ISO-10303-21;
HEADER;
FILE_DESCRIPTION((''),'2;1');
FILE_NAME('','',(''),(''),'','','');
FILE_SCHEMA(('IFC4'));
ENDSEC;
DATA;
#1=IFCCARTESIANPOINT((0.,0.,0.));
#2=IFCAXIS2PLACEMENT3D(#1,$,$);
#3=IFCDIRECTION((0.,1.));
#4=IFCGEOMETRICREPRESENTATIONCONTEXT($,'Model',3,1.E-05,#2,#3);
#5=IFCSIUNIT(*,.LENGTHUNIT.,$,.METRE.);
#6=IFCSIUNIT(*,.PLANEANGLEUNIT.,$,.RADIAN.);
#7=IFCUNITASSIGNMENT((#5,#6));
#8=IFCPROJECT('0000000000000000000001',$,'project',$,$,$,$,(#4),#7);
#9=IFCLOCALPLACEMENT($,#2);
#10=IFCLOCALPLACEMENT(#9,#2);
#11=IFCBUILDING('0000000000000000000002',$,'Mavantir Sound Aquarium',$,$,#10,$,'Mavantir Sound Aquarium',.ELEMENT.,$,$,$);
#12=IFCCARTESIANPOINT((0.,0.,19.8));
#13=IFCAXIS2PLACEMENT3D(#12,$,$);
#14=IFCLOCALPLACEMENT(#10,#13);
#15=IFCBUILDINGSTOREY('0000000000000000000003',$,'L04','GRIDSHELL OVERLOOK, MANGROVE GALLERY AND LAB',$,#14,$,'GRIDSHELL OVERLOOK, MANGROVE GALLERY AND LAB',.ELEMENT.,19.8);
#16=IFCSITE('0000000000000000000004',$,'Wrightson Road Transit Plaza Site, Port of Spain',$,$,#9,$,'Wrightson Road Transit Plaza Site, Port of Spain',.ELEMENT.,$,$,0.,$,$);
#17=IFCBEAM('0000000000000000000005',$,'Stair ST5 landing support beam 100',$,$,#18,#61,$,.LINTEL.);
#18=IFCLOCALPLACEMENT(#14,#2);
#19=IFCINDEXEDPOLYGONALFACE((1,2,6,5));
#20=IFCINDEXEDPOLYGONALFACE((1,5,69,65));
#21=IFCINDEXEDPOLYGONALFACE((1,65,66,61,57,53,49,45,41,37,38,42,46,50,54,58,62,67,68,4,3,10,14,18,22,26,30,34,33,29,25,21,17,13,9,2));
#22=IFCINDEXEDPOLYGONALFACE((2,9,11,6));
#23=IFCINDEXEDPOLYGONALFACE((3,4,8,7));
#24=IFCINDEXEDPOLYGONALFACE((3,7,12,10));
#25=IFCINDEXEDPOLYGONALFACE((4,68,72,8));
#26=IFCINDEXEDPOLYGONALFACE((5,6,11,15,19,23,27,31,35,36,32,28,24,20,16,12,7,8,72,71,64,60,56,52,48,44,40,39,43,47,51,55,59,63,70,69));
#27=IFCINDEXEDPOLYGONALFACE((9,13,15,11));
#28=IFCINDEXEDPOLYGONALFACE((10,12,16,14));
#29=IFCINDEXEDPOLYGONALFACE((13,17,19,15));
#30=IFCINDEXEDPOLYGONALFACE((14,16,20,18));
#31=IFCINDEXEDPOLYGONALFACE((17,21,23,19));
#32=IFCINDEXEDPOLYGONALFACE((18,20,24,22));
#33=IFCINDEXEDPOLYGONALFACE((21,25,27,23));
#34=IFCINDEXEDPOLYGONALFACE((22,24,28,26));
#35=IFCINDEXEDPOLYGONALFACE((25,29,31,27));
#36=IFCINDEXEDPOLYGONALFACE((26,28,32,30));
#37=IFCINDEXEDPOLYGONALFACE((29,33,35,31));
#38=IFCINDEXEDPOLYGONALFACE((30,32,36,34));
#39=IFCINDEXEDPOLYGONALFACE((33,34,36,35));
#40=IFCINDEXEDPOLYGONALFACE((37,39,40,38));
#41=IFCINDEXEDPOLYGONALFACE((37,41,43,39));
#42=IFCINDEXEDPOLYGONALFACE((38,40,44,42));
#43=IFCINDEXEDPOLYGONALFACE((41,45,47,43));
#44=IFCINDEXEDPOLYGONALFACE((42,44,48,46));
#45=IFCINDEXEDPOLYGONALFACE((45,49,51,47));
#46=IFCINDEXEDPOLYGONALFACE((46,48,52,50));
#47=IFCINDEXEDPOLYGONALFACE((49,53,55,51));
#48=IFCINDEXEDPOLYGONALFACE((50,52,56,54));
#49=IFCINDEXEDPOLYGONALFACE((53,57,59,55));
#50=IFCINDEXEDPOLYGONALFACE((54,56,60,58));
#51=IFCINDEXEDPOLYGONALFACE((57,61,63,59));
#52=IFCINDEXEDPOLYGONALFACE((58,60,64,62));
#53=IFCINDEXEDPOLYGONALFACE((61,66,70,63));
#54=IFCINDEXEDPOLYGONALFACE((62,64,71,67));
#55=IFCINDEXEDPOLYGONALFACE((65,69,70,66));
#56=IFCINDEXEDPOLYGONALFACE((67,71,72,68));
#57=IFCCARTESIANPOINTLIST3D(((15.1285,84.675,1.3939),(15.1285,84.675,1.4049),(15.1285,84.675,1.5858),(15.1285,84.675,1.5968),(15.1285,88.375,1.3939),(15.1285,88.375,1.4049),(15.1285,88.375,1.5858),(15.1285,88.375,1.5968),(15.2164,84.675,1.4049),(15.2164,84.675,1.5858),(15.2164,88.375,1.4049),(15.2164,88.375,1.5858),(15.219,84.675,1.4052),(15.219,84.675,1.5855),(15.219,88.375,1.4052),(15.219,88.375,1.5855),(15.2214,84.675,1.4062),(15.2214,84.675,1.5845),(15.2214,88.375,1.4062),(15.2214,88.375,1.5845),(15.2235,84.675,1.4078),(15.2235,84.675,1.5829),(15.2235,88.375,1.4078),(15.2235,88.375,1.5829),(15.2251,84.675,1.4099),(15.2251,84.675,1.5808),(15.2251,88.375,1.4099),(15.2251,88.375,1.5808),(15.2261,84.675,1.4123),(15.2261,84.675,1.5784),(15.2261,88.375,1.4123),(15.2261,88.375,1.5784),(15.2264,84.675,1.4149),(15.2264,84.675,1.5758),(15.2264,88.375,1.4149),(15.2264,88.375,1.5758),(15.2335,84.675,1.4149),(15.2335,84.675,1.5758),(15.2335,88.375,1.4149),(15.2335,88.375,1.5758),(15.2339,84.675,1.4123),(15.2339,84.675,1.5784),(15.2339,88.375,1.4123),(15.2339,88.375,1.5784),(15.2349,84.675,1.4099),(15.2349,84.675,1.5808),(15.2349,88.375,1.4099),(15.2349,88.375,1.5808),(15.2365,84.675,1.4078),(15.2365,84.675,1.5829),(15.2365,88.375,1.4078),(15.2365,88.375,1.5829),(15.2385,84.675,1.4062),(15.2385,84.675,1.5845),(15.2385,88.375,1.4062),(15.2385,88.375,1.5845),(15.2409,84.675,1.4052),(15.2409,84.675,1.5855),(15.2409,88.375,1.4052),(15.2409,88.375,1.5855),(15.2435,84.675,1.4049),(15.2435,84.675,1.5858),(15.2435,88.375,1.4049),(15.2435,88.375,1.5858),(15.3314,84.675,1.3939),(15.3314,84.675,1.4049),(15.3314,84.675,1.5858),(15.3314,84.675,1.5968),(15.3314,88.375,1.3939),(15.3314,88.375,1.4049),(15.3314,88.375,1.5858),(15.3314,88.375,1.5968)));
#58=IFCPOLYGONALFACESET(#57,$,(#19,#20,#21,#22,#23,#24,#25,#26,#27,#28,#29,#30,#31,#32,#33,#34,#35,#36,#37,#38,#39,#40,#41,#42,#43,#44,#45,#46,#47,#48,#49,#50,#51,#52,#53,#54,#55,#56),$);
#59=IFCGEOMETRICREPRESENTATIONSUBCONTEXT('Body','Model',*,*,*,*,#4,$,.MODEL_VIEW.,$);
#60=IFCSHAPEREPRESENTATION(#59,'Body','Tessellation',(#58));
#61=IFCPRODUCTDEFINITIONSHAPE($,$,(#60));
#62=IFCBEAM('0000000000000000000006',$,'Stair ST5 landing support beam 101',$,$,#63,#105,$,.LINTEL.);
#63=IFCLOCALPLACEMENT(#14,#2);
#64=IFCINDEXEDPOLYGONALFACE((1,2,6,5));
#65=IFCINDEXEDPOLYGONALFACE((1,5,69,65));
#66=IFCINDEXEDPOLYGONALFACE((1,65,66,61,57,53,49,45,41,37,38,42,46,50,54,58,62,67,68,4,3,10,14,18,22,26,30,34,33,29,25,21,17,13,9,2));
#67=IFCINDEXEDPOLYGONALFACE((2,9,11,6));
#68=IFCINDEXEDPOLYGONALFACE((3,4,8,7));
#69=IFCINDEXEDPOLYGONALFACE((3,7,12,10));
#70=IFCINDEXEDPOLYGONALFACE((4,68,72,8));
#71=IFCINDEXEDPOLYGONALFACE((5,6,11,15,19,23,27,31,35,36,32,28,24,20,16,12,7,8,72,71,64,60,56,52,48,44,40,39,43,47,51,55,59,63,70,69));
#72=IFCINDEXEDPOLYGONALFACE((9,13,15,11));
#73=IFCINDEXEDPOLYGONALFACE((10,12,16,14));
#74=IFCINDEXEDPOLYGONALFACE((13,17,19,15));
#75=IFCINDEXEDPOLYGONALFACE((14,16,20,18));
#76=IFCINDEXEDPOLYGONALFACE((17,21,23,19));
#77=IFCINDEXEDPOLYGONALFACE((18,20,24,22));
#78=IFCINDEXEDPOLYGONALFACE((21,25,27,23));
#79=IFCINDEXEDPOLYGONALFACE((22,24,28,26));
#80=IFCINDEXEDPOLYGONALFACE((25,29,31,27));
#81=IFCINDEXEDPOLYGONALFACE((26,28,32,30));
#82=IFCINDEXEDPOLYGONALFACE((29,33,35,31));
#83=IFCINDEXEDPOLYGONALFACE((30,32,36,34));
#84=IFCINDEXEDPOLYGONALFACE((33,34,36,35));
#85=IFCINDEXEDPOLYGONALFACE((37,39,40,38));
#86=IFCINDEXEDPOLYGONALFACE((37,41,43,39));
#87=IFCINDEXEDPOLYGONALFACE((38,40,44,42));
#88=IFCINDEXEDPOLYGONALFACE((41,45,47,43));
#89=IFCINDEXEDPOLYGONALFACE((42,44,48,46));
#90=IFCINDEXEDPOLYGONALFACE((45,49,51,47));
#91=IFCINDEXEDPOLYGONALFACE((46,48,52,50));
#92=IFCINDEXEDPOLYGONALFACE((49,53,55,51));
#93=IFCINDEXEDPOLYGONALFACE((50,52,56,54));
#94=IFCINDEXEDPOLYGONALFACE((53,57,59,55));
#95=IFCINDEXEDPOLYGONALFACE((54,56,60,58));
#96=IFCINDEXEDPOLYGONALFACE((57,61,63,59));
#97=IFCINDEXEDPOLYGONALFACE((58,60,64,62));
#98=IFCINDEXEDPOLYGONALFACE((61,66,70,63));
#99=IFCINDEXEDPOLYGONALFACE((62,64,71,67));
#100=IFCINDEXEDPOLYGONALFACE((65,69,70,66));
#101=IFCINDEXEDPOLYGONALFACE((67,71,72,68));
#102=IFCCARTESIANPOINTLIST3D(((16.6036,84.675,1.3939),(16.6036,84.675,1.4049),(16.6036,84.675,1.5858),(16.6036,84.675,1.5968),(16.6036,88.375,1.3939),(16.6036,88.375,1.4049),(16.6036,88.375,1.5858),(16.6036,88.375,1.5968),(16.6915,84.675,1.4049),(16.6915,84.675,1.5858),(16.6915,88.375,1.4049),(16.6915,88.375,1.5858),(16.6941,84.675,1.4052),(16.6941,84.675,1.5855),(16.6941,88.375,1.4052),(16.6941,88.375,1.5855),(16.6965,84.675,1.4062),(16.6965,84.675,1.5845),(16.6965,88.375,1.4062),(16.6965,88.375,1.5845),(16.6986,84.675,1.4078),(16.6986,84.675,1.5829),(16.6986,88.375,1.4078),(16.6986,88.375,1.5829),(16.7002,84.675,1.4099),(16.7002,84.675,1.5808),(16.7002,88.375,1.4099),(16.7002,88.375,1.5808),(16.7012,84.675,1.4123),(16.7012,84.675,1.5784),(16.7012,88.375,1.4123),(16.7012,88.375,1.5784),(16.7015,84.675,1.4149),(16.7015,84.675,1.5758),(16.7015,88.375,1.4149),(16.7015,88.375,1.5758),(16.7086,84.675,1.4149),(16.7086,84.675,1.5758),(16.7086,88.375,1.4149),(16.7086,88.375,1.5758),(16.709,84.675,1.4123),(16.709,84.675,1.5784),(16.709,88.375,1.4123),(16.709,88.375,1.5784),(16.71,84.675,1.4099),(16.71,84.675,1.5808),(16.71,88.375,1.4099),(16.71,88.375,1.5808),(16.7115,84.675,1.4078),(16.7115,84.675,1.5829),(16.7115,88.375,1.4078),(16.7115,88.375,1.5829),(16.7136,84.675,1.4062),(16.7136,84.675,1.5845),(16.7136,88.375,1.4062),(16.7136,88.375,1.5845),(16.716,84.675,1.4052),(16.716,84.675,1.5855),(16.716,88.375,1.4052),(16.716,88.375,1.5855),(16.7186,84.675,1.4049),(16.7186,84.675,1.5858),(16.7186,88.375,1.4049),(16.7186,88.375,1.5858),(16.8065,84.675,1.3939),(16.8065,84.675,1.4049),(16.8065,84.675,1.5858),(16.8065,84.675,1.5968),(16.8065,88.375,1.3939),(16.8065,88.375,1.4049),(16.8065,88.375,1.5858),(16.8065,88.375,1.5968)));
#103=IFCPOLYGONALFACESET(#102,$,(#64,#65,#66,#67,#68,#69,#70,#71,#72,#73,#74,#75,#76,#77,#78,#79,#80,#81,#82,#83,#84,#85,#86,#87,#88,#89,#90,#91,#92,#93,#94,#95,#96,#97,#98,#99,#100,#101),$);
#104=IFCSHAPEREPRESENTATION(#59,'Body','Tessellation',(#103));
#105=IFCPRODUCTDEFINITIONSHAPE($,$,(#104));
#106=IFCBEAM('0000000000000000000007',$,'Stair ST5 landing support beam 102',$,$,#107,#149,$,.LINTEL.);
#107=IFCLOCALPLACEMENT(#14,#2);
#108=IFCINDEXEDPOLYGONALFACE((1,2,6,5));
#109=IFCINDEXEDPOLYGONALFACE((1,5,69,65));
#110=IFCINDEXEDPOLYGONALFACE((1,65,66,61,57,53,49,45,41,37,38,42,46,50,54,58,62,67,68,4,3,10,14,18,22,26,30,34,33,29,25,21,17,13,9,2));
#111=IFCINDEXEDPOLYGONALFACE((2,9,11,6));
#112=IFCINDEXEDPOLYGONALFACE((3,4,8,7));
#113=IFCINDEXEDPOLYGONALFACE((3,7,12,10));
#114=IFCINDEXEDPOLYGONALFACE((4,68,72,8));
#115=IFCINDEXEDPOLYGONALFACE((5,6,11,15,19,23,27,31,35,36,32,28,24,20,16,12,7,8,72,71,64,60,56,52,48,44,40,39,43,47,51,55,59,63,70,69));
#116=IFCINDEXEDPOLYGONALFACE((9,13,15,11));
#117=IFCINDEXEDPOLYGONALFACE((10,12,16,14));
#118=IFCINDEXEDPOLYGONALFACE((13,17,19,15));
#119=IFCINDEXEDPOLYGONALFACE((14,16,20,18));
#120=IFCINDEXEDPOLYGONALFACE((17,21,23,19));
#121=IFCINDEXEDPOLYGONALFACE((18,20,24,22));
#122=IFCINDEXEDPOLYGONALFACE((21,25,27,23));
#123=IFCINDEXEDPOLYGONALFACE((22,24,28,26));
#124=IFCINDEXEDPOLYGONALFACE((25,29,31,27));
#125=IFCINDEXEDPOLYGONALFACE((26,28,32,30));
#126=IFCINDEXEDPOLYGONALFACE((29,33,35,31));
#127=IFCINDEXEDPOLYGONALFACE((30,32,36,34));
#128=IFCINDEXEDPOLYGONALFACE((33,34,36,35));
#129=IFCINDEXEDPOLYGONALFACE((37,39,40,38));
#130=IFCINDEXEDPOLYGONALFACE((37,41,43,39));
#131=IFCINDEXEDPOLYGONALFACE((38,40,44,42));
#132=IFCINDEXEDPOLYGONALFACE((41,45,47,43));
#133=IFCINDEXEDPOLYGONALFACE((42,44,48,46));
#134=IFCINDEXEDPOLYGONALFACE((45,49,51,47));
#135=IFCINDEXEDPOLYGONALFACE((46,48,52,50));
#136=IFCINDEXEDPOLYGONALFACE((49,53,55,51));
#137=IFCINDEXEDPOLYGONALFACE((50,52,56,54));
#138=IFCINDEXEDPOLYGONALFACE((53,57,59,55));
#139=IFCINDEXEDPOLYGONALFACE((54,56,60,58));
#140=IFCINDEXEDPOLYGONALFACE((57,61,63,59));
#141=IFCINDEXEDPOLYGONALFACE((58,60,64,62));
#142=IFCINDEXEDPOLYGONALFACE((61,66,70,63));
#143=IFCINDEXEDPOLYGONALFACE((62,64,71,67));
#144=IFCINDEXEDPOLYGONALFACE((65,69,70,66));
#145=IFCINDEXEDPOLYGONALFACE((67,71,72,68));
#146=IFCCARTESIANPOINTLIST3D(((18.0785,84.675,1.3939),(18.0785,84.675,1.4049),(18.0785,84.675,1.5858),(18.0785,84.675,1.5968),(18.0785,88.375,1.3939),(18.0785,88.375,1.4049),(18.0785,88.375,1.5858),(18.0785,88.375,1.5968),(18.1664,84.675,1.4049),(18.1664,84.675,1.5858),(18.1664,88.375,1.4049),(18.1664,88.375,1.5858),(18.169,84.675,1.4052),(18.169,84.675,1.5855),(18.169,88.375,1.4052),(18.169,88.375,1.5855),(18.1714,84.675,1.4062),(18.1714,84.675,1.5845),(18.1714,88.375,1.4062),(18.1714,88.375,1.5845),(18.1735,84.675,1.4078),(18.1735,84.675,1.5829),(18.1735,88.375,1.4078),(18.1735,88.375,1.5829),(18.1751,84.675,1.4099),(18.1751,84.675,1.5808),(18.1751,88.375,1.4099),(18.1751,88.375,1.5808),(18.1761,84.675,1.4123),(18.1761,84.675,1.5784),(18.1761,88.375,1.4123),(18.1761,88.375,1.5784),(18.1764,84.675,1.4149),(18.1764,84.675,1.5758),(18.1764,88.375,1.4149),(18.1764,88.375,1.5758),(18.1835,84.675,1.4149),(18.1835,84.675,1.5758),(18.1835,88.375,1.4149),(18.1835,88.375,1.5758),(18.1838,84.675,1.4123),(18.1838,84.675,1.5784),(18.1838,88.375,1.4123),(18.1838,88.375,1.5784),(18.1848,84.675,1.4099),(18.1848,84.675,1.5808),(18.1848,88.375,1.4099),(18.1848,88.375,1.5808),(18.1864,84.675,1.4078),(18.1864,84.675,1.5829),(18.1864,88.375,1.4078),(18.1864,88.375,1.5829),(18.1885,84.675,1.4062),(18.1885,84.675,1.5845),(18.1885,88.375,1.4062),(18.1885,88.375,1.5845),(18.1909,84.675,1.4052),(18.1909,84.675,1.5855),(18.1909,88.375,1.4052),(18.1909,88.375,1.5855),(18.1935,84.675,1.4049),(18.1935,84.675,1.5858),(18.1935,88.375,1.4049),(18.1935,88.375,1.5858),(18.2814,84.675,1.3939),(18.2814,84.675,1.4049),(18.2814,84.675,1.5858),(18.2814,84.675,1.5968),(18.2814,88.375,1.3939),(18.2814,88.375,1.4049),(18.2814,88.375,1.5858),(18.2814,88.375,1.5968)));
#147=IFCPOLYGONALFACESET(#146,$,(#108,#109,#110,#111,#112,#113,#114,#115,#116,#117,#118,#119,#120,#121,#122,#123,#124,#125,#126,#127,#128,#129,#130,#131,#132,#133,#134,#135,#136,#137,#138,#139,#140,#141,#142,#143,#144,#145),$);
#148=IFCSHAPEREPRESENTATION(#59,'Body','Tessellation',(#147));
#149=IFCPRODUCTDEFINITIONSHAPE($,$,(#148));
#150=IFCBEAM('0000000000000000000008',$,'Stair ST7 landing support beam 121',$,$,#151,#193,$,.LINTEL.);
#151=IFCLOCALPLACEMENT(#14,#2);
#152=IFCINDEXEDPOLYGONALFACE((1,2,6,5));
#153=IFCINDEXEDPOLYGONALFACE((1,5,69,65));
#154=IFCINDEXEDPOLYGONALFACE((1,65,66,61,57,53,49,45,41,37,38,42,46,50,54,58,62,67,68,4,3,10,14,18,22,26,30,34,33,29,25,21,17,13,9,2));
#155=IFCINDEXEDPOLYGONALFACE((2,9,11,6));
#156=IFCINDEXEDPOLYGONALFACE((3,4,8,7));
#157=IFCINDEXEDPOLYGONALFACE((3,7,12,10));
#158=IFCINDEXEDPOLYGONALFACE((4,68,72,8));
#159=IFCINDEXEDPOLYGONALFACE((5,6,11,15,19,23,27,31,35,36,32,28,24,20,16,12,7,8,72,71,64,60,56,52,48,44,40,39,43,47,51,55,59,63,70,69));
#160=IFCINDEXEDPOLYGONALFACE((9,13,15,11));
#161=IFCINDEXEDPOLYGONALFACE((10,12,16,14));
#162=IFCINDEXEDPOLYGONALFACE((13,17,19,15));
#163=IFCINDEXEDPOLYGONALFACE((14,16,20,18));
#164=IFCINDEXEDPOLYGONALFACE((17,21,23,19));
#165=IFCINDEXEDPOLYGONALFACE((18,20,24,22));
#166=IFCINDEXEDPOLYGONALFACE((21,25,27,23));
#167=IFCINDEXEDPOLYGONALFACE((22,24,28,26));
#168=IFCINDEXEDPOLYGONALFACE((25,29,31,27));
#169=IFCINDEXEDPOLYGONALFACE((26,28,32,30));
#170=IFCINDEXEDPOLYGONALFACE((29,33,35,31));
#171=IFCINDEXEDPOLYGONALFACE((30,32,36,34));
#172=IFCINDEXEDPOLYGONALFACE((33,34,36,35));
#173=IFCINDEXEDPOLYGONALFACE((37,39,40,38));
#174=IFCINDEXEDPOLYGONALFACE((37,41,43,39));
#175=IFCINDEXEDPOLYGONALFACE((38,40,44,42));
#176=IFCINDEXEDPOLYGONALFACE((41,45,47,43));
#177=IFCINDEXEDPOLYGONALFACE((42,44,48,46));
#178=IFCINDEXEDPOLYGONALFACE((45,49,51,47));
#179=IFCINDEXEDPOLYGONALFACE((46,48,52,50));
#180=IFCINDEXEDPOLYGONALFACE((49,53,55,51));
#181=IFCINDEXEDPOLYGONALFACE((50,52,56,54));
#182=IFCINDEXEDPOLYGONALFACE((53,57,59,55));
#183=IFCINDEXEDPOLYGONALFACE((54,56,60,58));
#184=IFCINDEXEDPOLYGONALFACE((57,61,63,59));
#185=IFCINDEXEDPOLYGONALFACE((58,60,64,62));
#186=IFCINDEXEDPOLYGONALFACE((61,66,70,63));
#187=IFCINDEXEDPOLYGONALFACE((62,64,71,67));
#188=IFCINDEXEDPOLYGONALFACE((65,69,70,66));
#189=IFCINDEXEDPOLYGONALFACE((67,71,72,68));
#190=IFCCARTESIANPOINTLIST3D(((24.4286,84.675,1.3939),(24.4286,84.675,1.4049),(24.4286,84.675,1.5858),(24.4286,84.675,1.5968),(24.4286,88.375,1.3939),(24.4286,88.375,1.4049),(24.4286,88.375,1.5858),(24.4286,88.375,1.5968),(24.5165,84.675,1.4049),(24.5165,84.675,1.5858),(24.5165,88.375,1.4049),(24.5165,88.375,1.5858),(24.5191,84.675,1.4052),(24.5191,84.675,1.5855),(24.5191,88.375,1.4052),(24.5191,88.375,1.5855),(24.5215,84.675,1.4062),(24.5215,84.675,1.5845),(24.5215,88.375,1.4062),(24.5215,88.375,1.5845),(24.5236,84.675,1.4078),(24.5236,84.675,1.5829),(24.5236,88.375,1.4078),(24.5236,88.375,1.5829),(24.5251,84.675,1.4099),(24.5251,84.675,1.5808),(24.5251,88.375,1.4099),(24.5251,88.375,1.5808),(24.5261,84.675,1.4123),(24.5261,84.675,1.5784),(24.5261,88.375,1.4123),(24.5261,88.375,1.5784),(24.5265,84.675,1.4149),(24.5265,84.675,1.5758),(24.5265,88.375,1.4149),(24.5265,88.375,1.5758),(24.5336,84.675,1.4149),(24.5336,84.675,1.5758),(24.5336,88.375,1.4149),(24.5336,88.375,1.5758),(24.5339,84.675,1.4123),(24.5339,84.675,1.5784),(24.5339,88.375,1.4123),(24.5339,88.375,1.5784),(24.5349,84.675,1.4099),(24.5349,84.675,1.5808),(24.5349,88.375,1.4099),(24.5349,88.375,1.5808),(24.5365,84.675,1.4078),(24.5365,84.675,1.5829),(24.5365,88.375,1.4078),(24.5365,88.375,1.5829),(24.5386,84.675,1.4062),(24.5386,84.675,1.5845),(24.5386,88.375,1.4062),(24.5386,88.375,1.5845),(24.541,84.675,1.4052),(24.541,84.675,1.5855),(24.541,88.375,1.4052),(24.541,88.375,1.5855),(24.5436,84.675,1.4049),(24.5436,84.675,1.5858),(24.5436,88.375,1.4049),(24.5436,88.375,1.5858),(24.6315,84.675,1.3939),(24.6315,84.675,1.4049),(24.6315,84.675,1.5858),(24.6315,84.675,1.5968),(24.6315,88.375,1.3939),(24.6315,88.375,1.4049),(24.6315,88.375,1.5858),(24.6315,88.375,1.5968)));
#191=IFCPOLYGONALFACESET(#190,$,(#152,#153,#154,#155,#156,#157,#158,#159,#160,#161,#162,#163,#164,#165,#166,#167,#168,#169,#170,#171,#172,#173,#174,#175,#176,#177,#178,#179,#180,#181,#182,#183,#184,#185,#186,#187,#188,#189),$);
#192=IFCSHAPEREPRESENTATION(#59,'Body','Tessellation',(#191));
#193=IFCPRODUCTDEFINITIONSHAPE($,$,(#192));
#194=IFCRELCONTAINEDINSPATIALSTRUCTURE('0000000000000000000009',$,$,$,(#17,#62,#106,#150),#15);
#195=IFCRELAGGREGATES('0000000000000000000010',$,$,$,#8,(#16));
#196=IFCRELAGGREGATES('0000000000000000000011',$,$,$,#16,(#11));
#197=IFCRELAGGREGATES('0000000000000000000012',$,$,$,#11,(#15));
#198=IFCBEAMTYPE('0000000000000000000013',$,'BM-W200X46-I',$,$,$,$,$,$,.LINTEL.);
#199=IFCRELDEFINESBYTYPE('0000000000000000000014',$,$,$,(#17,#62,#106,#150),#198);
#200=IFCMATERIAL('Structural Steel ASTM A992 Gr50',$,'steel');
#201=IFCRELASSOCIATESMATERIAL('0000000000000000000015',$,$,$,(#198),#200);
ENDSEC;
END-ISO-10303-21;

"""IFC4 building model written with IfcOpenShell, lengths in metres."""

from ifc_helpers import new_model, si_unit, direction, frame, origin, origin_2d, place, context, subcontext, project, spatial, i_section, extrude, material, material_profile, profile_set, type_object, element, save


model = new_model("IFC4")

# Units and contexts
model_context = context("Model", 3, precision=1e-05, world=origin(), true_north=direction((0.0, 1.0)))
body_context = subcontext(model_context, "Body", "Model", "MODEL_VIEW")
ifc_project = project(units=[si_unit("LENGTHUNIT", "METRE"), si_unit("PLANEANGLEUNIT", "RADIAN")], contexts=[model_context])

# Site, building, storey
site_placement = place(None, origin())
site = spatial("IfcSite", under=ifc_project, at=site_placement, Name="Wrightson Road Transit Plaza Site, Port of Spain", LongName="Wrightson Road Transit Plaza Site, Port of Spain", CompositionType="ELEMENT", RefElevation=0.0)
building_placement = place(site_placement, origin())
building = spatial("IfcBuilding", under=site, at=building_placement, Name="Mavantir Sound Aquarium", LongName="Mavantir Sound Aquarium", CompositionType="ELEMENT")
storey_placement = place(building_placement, frame((0.0, 0.0, 19.8)))
storey = spatial("IfcBuildingStorey", under=building, at=storey_placement, Name="L04", Description="GRIDSHELL OVERLOOK, MANGROVE GALLERY AND LAB", LongName="GRIDSHELL OVERLOOK, MANGROVE GALLERY AND LAB", CompositionType="ELEMENT", Elevation=19.8)

# Beams
ifc_material_1 = material(Name="Structural Steel ASTM A992 Gr50", Category="steel")
ifc_material_profile_1 = material_profile(ifc_material_1, i_section(OverallWidth=0.2029, OverallDepth=0.2029, WebThickness=0.0071, FlangeThickness=0.011, FilletRadius=0.01, at=origin_2d()), Name="W200X46")
ifc_profile_set_1 = profile_set([ifc_material_profile_1], Name="Structural Steel ASTM A992 Gr50")
beam_type_1 = type_object("IfcBeamType", Name="BM-W200X46-I", PredefinedType="LINTEL", material=ifc_profile_set_1)
for number, where, z_axis, x_axis, name in (
    (1, (15.23, 84.675, 1.4954), (0.0, 1.0, 0.0), (-1.0, 0.0, 0.0), "Stair ST5 landing support beam 100"),
    (2, (16.7051, 84.675, 1.4954), (0.0, 1.0, 0.0), (-1.0, 0.0, 0.0), "Stair ST5 landing support beam 101"),
    (3, (18.1799, 84.675, 1.4954), (0.0, 1.0, 0.0), (-1.0, 0.0, 0.0), "Stair ST5 landing support beam 102"),
    (4, (24.53, 84.675, 1.4954), (0.0, 1.0, 0.0), (-1.0, 0.0, 0.0), "Stair ST7 landing support beam 121"),
):
    element("IfcBeam", number, at=place(storey_placement, frame(where, z_axis=z_axis, x_axis=x_axis)), inside=storey, type_object=beam_type_1, Name=name, PredefinedType="LINTEL", context=body_context, shape_type="SweptSolid", body=[
        extrude(i_section(OverallWidth=0.2029, OverallDepth=0.2029, WebThickness=0.0071, FlangeThickness=0.011, FilletRadius=0.01, at=origin_2d()), origin(), (0.0, 0.0, 1.0), 3.7),
    ])

save(model, "model.ifc")
